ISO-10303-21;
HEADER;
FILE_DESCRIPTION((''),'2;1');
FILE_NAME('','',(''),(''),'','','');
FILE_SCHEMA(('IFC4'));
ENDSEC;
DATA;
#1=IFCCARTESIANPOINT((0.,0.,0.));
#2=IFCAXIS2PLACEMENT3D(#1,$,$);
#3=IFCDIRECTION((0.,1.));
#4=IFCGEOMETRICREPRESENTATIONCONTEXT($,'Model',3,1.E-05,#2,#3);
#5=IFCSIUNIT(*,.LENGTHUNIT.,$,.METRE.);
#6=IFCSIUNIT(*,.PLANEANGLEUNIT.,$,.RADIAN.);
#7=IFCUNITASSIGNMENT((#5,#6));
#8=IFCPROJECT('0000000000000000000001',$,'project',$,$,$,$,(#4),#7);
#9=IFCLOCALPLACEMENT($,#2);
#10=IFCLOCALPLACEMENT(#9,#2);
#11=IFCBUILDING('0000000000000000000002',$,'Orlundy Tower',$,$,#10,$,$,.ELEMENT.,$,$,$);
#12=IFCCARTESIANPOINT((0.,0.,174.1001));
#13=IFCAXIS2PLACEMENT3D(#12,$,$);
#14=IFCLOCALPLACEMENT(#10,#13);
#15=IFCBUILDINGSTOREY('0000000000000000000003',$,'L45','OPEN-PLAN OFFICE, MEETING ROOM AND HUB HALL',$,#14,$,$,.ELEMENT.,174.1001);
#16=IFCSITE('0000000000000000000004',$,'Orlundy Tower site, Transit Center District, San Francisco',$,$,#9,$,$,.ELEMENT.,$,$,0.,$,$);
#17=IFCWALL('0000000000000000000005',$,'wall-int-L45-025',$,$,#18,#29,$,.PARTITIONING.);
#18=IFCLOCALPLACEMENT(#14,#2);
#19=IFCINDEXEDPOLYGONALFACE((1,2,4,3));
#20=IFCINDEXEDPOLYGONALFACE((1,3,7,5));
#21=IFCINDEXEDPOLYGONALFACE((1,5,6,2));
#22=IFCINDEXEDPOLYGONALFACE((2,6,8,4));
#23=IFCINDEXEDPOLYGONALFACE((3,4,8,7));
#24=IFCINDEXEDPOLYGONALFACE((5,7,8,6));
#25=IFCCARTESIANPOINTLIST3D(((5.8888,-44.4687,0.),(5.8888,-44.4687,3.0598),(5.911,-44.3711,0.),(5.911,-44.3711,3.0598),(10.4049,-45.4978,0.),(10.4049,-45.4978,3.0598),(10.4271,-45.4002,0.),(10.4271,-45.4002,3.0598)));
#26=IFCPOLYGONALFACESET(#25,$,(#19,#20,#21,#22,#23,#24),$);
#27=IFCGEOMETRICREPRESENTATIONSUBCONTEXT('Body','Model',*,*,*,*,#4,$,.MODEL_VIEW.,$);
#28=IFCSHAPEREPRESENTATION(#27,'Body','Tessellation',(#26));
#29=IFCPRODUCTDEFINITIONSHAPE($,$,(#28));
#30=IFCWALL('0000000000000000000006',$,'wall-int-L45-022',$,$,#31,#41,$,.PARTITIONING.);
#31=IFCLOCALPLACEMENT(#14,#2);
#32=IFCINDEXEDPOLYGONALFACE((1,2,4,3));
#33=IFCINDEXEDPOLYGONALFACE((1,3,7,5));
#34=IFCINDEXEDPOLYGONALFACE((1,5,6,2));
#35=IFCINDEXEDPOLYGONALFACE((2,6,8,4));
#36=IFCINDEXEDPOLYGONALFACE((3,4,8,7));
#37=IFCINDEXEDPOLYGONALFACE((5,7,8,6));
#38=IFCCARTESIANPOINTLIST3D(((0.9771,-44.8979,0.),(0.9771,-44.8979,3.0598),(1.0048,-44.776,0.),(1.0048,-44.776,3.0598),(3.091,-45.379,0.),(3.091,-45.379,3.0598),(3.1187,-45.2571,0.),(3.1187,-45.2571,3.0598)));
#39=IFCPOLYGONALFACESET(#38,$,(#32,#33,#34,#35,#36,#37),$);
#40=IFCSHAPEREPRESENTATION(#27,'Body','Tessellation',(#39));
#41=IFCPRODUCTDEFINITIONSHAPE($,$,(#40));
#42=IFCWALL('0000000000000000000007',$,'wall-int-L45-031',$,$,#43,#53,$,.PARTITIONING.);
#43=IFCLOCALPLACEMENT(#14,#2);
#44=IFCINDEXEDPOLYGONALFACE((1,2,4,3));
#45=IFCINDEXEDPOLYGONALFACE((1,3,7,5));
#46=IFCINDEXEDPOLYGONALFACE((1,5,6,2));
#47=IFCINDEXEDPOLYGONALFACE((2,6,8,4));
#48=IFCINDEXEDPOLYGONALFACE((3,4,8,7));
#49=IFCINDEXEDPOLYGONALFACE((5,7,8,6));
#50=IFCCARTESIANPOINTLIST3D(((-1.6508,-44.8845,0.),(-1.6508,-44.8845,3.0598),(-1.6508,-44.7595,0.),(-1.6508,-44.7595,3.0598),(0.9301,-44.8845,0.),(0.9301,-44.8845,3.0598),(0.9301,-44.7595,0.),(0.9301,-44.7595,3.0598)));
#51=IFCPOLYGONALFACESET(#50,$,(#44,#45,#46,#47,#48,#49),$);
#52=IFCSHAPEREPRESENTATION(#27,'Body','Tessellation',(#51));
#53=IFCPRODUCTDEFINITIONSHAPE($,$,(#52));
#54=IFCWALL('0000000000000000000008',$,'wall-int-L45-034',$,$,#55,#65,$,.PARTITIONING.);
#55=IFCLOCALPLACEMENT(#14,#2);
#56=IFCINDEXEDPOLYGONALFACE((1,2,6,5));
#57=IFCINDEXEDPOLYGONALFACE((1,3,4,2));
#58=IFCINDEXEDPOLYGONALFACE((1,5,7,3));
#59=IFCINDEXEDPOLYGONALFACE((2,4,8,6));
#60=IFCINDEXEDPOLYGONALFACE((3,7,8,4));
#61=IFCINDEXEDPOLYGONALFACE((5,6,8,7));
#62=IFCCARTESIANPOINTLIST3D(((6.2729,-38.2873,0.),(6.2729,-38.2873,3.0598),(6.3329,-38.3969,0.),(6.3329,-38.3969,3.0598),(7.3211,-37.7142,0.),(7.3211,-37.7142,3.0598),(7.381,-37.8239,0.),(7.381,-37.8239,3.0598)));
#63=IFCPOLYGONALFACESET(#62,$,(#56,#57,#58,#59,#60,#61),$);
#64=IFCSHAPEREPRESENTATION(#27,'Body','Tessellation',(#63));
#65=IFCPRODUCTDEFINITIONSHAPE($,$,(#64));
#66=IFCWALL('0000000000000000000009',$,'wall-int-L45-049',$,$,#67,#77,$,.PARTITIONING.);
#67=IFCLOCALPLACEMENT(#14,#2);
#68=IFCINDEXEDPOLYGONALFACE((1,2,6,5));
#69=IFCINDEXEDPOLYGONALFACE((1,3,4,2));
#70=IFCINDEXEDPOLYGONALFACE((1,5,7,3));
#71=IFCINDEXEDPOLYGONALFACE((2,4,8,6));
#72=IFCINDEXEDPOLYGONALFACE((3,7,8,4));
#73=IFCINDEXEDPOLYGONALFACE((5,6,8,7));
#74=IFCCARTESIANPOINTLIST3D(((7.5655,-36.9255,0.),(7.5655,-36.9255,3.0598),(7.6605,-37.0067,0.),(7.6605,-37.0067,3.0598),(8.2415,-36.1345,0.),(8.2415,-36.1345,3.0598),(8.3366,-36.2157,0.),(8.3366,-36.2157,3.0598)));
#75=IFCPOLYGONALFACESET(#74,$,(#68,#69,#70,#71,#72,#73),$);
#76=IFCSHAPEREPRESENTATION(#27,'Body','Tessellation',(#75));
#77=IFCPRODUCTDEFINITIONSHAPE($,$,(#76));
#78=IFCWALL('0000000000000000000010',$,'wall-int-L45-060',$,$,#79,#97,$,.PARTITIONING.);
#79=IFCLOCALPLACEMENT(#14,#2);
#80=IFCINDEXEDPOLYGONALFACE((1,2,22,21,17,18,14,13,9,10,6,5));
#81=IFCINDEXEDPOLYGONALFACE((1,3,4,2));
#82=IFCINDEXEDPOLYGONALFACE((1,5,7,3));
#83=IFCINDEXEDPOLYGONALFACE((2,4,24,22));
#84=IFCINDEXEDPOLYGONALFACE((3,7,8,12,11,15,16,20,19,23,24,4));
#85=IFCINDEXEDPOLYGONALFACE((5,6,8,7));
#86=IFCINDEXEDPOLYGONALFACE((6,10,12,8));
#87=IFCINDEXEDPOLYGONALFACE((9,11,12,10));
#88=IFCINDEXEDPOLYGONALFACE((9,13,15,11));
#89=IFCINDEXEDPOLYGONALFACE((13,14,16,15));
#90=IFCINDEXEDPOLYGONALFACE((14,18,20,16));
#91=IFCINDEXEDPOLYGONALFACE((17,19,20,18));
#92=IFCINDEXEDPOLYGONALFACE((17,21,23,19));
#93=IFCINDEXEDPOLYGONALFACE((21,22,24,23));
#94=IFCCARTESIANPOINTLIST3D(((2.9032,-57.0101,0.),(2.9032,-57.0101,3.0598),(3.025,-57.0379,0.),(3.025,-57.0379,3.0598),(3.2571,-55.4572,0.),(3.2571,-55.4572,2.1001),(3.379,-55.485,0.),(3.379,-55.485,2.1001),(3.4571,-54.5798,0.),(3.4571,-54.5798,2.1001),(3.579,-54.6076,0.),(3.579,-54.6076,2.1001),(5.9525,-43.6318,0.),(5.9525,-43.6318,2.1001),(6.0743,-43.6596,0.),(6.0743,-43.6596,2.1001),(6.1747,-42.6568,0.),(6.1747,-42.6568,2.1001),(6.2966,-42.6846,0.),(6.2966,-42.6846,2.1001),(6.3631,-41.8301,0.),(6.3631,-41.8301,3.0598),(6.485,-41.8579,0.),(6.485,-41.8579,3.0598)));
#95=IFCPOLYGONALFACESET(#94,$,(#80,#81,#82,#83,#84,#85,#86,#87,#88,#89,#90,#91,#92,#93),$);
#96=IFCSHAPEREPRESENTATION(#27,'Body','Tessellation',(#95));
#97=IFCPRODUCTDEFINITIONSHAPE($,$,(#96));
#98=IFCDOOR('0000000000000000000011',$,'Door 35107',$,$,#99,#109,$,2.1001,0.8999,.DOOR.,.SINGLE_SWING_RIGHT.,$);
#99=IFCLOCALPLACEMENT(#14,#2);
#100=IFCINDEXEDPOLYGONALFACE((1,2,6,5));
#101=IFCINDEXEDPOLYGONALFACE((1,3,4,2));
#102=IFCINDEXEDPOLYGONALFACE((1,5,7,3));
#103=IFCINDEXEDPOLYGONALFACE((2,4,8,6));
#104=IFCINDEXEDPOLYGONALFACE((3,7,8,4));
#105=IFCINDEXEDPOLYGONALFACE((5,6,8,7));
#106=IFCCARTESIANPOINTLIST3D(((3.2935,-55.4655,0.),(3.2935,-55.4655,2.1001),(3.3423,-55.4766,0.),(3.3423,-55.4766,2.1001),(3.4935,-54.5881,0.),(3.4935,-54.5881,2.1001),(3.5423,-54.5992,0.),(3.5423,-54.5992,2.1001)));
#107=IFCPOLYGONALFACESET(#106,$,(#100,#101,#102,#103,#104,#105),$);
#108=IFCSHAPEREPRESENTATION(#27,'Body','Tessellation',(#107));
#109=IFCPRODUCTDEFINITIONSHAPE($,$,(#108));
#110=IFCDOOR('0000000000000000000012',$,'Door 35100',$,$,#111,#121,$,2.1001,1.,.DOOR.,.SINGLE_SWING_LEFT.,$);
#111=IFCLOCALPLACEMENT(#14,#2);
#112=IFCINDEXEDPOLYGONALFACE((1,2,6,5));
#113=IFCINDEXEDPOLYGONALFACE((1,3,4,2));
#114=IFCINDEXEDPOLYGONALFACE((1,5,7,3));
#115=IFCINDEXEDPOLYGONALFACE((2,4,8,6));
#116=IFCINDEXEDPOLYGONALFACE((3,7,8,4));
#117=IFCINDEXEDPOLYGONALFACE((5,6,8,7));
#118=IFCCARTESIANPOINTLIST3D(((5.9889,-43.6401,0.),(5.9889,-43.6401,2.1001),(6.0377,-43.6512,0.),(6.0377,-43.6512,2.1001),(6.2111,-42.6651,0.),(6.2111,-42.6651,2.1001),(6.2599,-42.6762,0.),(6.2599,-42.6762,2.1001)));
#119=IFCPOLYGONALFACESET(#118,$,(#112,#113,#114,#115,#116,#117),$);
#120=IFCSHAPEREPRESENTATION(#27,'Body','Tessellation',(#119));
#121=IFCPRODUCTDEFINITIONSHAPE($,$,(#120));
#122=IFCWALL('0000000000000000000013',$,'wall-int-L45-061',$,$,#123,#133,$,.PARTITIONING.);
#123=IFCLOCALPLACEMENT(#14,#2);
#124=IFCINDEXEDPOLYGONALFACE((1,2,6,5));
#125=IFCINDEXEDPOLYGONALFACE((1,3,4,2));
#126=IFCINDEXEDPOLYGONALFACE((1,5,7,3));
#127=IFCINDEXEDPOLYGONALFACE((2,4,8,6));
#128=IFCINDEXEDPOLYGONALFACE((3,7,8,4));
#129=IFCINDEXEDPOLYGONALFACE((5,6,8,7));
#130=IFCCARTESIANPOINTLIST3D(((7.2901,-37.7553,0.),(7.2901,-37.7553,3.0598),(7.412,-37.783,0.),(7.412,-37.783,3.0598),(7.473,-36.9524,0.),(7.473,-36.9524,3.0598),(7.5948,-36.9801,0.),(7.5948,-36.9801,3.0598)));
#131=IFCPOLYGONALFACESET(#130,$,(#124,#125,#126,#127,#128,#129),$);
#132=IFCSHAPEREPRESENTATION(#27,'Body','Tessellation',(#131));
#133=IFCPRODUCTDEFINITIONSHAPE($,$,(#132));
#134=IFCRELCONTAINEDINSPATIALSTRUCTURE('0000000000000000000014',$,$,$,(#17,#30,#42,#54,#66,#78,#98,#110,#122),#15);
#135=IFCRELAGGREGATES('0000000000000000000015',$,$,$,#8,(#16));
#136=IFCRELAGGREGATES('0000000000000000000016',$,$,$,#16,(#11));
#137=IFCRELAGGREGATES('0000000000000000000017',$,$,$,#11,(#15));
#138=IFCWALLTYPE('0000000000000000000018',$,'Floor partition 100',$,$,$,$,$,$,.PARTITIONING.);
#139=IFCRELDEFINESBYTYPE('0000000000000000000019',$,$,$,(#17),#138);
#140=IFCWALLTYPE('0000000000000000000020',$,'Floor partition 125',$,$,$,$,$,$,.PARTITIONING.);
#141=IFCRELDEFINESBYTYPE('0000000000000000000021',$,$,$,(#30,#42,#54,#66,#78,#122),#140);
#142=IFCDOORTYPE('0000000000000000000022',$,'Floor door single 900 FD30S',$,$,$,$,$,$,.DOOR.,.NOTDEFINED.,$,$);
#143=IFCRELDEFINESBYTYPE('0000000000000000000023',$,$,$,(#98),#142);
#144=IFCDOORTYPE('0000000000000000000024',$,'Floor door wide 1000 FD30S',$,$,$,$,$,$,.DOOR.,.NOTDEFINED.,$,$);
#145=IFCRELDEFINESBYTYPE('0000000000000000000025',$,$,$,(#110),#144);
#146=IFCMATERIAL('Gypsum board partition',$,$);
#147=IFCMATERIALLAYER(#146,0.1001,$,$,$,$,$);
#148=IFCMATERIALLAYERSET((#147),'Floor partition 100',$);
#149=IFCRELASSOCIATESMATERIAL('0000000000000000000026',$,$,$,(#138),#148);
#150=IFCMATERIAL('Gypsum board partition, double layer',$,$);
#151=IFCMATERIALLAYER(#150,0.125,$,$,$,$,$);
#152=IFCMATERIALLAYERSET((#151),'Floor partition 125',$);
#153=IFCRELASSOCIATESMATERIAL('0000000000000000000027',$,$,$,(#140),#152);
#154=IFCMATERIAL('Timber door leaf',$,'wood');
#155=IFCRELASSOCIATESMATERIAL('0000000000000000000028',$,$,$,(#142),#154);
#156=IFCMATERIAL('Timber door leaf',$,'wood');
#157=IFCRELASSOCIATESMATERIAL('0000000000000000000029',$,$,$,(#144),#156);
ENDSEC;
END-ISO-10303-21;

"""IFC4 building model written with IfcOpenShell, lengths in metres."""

from ifc_helpers import new_model, si_unit, direction, frame, frame_2d, origin, place, context, subcontext, project, spatial, rectangle, extrude, material, layer, layer_set, type_object, element, fill, save


model = new_model("IFC4")

# Units and contexts
model_context = context("Model", 3, precision=1e-05, world=origin(), true_north=direction((0.0, 1.0)))
body_context = subcontext(model_context, "Body", "Model", "MODEL_VIEW")
ifc_project = project(units=[si_unit("LENGTHUNIT", "METRE"), si_unit("PLANEANGLEUNIT", "RADIAN")], contexts=[model_context])

# Site, building, storey
site_placement = place(None, origin())
site = spatial("IfcSite", under=ifc_project, at=site_placement, Name="Orlundy Tower site, Transit Center District, San Francisco", CompositionType="ELEMENT", RefElevation=0.0)
building_placement = place(site_placement, origin())
building = spatial("IfcBuilding", under=site, at=building_placement, Name="Orlundy Tower", CompositionType="ELEMENT")
storey_placement = place(building_placement, frame((0.0, 0.0, 174.1001)))
storey = spatial("IfcBuildingStorey", under=building, at=storey_placement, Name="L45", Description="OPEN-PLAN OFFICE, MEETING ROOM AND HUB HALL", CompositionType="ELEMENT", Elevation=174.1001)

# Walls
ifc_material_1 = material(Name="Gypsum board partition")
ifc_layer_1 = layer(ifc_material_1, 0.1001)
ifc_layer_set_1 = layer_set([ifc_layer_1], Name="Floor partition 100")
wall_type_1 = type_object("IfcWallType", Name="Floor partition 100", PredefinedType="PARTITIONING", material=ifc_layer_set_1)
wall_1_placement = place(storey_placement, frame((5.8999, -44.4199, 0.0), z_axis=(0.0, 0.0, 1.0), x_axis=(0.975008, -0.222168, 0.0)))
element("IfcWall", 1, at=wall_1_placement, inside=storey, type_object=wall_type_1, Name="wall-int-L45-025", PredefinedType="PARTITIONING", context=body_context, shape_type="SweptSolid", body=[
    extrude(rectangle(XDim=4.6318, YDim=0.1001, at=frame_2d((2.3159, 0.0))), origin(), (0.0, 0.0, 1.0), 3.0598),
])
ifc_material_2 = material(Name="Gypsum board partition, double layer")
ifc_layer_2 = layer(ifc_material_2, 0.125)
ifc_layer_set_2 = layer_set([ifc_layer_2], Name="Floor partition 125")
wall_type_2 = type_object("IfcWallType", Name="Floor partition 125", PredefinedType="PARTITIONING", material=ifc_layer_set_2)
wall_2_placement = place(storey_placement, frame((0.991, -44.8369, 0.0), z_axis=(0.0, 0.0, 1.0), x_axis=(0.975059, -0.221947, 0.0)))
element("IfcWall", 2, at=wall_2_placement, inside=storey, type_object=wall_type_2, Name="wall-int-L45-022", PredefinedType="PARTITIONING", context=body_context, shape_type="SweptSolid", body=[
    extrude(rectangle(XDim=2.168, YDim=0.125, at=frame_2d((1.084, 0.0))), origin(), (0.0, 0.0, 1.0), 3.0598),
])
wall_3_placement = place(storey_placement, frame((-1.6509, -44.822, 0.0), z_axis=(0.0, 0.0, 1.0), x_axis=(1.0, 0.0, 0.0)))
element("IfcWall", 3, at=wall_3_placement, inside=storey, type_object=wall_type_2, Name="wall-int-L45-031", PredefinedType="PARTITIONING", context=body_context, shape_type="SweptSolid", body=[
    extrude(rectangle(XDim=2.5808, YDim=0.125, at=frame_2d((1.2905, 0.0))), origin(), (0.0, 0.0, 1.0), 3.0598),
])
wall_4_placement = place(storey_placement, frame((6.303, -38.342, 0.0), z_axis=(0.0, 0.0, 1.0), x_axis=(0.877434, 0.479697, 0.0)))
element("IfcWall", 4, at=wall_4_placement, inside=storey, type_object=wall_type_2, Name="wall-int-L45-034", PredefinedType="PARTITIONING", context=body_context, shape_type="SweptSolid", body=[
    extrude(rectangle(XDim=1.1946, YDim=0.125, at=frame_2d((0.5972, 0.0))), origin(), (0.0, 0.0, 1.0), 3.0598),
])
wall_5_placement = place(storey_placement, frame((7.613, -36.9661, 0.0), z_axis=(0.0, 0.0, 1.0), x_axis=(0.649689, 0.7602, 0.0)))
element("IfcWall", 5, at=wall_5_placement, inside=storey, type_object=wall_type_2, Name="wall-int-L45-049", PredefinedType="PARTITIONING", context=body_context, shape_type="SweptSolid", body=[
    extrude(rectangle(XDim=1.0405, YDim=0.125, at=frame_2d((0.5203, 0.0))), origin(), (0.0, 0.0, 1.0), 3.0598),
])

# Wall, openings, doors
wall_6_placement = place(storey_placement, frame((6.4241, -41.844, 0.0), z_axis=(0.0, 0.0, 1.0), x_axis=(-0.22223, -0.974994, 0.0)))
wall_6 = element("IfcWall", 6, at=wall_6_placement, inside=storey, type_object=wall_type_2, Name="wall-int-L45-060", PredefinedType="PARTITIONING", context=body_context, shape_type="SweptSolid", body=[
    extrude(rectangle(XDim=15.5693, YDim=0.125, at=frame_2d((7.7847, 0.0))), origin(), (0.0, 0.0, 1.0), 3.0598),
])
opening_1_placement = place(wall_6_placement, frame((0.8479, 0.0, 0.0)))
opening_1 = element("IfcOpeningElement", 7, at=opening_1_placement, cuts=wall_6, PredefinedType="OPENING", context=body_context, shape_type="SweptSolid", body=[
    extrude(rectangle(XDim=1.0, YDim=2.1001, at=frame_2d((0.5, 1.05))), frame((0.0, 0.0725, 0.0), z_axis=(0.0, -1.0, 0.0), x_axis=(1.0, 0.0, 0.0)), (0.0, 0.0, 1.0), 0.145),
])
opening_2_placement = place(wall_6_placement, frame((13.0767, 0.0, 0.0)))
opening_2 = element("IfcOpeningElement", 8, at=opening_2_placement, cuts=wall_6, PredefinedType="OPENING", context=body_context, shape_type="SweptSolid", body=[
    extrude(rectangle(XDim=0.8999, YDim=2.1001, at=frame_2d((0.45, 1.05))), frame((0.0, 0.0725, 0.0), z_axis=(0.0, -1.0, 0.0), x_axis=(1.0, 0.0, 0.0)), (0.0, 0.0, 1.0), 0.145),
])
ifc_material_3 = material(Name="Timber door leaf", Category="wood")
door_type_1 = type_object("IfcDoorType", Name="Floor door single 900 FD30S", OperationType="NOTDEFINED", PredefinedType="DOOR", material=ifc_material_3)
door_1_placement = place(opening_2_placement, origin())
door_1 = element("IfcDoor", 9, at=door_1_placement, inside=storey, type_object=door_type_1, Name="Door 35107", OperationType="SINGLE_SWING_RIGHT", OverallHeight=2.1001, OverallWidth=0.8999, PredefinedType="DOOR", context=body_context, shape_type="SweptSolid", body=[
    extrude(rectangle(XDim=0.8999, YDim=2.1001, at=frame_2d((0.45, 1.05))), frame((0.0, 0.0249, 0.0), z_axis=(0.0, -1.0, 0.0), x_axis=(1.0, 0.0, 0.0)), (0.0, 0.0, 1.0), 0.05),
])
fill(opening_2, door_1)
ifc_material_4 = material(Name="Timber door leaf", Category="wood")
door_type_2 = type_object("IfcDoorType", Name="Floor door wide 1000 FD30S", OperationType="NOTDEFINED", PredefinedType="DOOR", material=ifc_material_4)
door_2_placement = place(opening_1_placement, origin())
door_2 = element("IfcDoor", 10, at=door_2_placement, inside=storey, type_object=door_type_2, Name="Door 35100", OperationType="SINGLE_SWING_LEFT", OverallHeight=2.1001, OverallWidth=1.0, PredefinedType="DOOR", context=body_context, shape_type="SweptSolid", body=[
    extrude(rectangle(XDim=1.0, YDim=2.1001, at=frame_2d((0.5, 1.05))), frame((0.0, 0.0249, 0.0), z_axis=(0.0, -1.0, 0.0), x_axis=(1.0, 0.0, 0.0)), (0.0, 0.0, 1.0), 0.05),
])
fill(opening_1, door_2)

# Wall
wall_7_placement = place(storey_placement, frame((7.3511, -37.769, 0.0), z_axis=(0.0, 0.0, 1.0), x_axis=(0.222044, 0.975037, 0.0)))
element("IfcWall", 11, at=wall_7_placement, inside=storey, type_object=wall_type_2, Name="wall-int-L45-061", PredefinedType="PARTITIONING", context=body_context, shape_type="SweptSolid", body=[
    extrude(rectangle(XDim=0.8235, YDim=0.125, at=frame_2d((0.4116, 0.0))), origin(), (0.0, 0.0, 1.0), 3.0598),
])

save(model, "model.ifc")
